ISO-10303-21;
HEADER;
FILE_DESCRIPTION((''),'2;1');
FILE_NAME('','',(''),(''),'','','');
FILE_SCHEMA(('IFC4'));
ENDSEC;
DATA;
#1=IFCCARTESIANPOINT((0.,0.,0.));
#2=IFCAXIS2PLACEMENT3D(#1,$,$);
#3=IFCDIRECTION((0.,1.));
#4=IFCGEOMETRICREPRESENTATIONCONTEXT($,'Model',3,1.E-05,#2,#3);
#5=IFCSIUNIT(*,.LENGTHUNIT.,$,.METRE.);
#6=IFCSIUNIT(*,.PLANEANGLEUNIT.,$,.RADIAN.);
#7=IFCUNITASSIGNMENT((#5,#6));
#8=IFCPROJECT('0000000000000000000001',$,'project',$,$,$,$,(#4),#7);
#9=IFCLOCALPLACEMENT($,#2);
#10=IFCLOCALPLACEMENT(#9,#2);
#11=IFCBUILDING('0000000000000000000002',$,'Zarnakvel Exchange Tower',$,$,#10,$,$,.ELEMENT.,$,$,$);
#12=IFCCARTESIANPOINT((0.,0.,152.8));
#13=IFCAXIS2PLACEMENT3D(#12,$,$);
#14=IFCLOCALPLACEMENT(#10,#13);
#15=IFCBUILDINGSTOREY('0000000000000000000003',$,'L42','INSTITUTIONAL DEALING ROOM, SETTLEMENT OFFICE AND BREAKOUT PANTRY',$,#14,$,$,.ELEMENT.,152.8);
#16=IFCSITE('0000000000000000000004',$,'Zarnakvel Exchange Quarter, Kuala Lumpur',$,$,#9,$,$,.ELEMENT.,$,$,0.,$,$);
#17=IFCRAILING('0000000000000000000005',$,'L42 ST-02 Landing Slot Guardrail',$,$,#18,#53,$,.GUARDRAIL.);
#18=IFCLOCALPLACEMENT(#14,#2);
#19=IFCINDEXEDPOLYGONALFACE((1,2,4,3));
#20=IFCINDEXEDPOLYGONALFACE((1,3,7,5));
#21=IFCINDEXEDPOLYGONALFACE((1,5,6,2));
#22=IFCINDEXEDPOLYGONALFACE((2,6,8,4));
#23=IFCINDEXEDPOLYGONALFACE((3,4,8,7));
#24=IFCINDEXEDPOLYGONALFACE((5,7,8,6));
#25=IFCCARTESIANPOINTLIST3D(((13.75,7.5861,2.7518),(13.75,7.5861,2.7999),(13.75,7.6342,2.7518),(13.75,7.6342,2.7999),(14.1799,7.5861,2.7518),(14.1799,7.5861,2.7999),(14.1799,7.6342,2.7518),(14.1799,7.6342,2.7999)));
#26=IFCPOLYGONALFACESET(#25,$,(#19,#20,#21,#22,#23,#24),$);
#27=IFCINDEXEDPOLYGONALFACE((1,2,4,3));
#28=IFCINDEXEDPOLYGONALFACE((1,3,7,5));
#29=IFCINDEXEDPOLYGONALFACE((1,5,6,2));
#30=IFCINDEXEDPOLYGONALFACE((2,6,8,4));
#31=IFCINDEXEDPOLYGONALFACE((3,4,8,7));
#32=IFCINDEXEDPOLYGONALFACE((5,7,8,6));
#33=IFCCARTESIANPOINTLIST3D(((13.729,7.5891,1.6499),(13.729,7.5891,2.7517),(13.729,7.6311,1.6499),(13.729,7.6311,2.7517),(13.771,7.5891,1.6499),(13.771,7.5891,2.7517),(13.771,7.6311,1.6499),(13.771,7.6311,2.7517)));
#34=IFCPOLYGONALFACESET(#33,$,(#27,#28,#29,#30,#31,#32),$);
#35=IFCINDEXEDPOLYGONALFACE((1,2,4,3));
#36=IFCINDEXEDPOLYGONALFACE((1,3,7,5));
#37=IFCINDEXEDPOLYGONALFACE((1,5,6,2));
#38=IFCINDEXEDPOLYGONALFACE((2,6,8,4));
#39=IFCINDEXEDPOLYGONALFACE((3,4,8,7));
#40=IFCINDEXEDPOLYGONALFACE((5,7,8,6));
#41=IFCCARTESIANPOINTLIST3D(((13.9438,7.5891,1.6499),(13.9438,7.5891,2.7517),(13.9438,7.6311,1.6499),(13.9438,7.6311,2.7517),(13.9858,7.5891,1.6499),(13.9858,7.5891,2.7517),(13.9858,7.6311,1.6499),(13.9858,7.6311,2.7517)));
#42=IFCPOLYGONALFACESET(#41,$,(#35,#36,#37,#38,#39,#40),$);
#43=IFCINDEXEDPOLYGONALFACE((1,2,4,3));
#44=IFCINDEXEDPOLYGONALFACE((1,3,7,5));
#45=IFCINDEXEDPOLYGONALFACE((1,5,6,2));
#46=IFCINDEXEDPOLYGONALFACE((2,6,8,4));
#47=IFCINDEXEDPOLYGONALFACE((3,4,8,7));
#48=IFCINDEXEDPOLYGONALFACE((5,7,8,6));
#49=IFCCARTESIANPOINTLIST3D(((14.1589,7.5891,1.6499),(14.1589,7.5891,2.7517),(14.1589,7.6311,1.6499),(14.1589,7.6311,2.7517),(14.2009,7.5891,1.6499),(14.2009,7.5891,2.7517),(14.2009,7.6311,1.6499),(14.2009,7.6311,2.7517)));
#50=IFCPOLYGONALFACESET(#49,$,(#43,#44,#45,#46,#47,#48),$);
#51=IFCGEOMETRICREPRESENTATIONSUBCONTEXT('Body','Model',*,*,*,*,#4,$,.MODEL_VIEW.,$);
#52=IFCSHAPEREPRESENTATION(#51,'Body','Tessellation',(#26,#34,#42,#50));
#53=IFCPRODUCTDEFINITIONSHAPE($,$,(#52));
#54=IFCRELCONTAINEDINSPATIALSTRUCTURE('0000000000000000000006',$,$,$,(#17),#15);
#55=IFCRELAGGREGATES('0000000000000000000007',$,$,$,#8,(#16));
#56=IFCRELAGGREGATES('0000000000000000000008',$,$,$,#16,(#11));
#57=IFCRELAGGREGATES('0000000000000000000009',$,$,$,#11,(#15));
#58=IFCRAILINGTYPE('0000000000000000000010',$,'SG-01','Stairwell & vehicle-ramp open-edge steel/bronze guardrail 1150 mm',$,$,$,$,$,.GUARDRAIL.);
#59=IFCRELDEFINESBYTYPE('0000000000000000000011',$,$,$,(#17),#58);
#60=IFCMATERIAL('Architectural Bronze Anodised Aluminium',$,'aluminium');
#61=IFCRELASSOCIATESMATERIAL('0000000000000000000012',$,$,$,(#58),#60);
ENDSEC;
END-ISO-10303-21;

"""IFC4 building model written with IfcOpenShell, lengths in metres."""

from ifc_helpers import new_model, si_unit, direction, frame, origin, origin_2d, place, context, subcontext, project, spatial, rectangle, extrude, material, type_object, element, save


model = new_model("IFC4")

# Units and contexts
model_context = context("Model", 3, precision=1e-05, world=origin(), true_north=direction((0.0, 1.0)))
body_context = subcontext(model_context, "Body", "Model", "MODEL_VIEW")
ifc_project = project(units=[si_unit("LENGTHUNIT", "METRE"), si_unit("PLANEANGLEUNIT", "RADIAN")], contexts=[model_context])

# Site, building, storey
site_placement = place(None, origin())
site = spatial("IfcSite", under=ifc_project, at=site_placement, Name="Zarnakvel Exchange Quarter, Kuala Lumpur", CompositionType="ELEMENT", RefElevation=0.0)
building_placement = place(site_placement, origin())
building = spatial("IfcBuilding", under=site, at=building_placement, Name="Zarnakvel Exchange Tower", CompositionType="ELEMENT")
storey_placement = place(building_placement, frame((0.0, 0.0, 152.8)))
storey = spatial("IfcBuildingStorey", under=building, at=storey_placement, Name="L42", Description="INSTITUTIONAL DEALING ROOM, SETTLEMENT OFFICE AND BREAKOUT PANTRY", CompositionType="ELEMENT", Elevation=152.8)

# Shared definitions
ifc_material_1 = material(Name="Architectural Bronze Anodised Aluminium", Category="aluminium")

# Railing
railing_type_1 = type_object("IfcRailingType", Name="SG-01", Description="Stairwell & vehicle-ramp open-edge steel/bronze guardrail 1150 mm", PredefinedType="GUARDRAIL", material=ifc_material_1)
railing_1_placement = place(storey_placement, frame((13.75, 7.6101, 1.6499)))
element("IfcRailing", 1, at=railing_1_placement, inside=storey, type_object=railing_type_1, Name="L42 ST-02 Landing Slot Guardrail", PredefinedType="GUARDRAIL", context=body_context, shape_type="SweptSolid", body=[
    extrude(rectangle(XDim=0.0481, YDim=0.0481, at=origin_2d()), frame((0.0, 0.0, 1.126), z_axis=(1.0, 0.0, 0.0), x_axis=(0.0, 1.0, 0.0)), (0.0, 0.0, 1.0), 0.4299),
    extrude(rectangle(XDim=0.042, YDim=0.042, at=origin_2d()), origin(), (0.0, 0.0, 1.0), 1.1018),
    extrude(rectangle(XDim=0.042, YDim=0.042, at=origin_2d()), frame((0.2148, 0.0, 0.0)), (0.0, 0.0, 1.0), 1.1018),
    extrude(rectangle(XDim=0.042, YDim=0.042, at=origin_2d()), frame((0.4299, 0.0, 0.0)), (0.0, 0.0, 1.0), 1.1018),
])

save(model, "model.ifc")
